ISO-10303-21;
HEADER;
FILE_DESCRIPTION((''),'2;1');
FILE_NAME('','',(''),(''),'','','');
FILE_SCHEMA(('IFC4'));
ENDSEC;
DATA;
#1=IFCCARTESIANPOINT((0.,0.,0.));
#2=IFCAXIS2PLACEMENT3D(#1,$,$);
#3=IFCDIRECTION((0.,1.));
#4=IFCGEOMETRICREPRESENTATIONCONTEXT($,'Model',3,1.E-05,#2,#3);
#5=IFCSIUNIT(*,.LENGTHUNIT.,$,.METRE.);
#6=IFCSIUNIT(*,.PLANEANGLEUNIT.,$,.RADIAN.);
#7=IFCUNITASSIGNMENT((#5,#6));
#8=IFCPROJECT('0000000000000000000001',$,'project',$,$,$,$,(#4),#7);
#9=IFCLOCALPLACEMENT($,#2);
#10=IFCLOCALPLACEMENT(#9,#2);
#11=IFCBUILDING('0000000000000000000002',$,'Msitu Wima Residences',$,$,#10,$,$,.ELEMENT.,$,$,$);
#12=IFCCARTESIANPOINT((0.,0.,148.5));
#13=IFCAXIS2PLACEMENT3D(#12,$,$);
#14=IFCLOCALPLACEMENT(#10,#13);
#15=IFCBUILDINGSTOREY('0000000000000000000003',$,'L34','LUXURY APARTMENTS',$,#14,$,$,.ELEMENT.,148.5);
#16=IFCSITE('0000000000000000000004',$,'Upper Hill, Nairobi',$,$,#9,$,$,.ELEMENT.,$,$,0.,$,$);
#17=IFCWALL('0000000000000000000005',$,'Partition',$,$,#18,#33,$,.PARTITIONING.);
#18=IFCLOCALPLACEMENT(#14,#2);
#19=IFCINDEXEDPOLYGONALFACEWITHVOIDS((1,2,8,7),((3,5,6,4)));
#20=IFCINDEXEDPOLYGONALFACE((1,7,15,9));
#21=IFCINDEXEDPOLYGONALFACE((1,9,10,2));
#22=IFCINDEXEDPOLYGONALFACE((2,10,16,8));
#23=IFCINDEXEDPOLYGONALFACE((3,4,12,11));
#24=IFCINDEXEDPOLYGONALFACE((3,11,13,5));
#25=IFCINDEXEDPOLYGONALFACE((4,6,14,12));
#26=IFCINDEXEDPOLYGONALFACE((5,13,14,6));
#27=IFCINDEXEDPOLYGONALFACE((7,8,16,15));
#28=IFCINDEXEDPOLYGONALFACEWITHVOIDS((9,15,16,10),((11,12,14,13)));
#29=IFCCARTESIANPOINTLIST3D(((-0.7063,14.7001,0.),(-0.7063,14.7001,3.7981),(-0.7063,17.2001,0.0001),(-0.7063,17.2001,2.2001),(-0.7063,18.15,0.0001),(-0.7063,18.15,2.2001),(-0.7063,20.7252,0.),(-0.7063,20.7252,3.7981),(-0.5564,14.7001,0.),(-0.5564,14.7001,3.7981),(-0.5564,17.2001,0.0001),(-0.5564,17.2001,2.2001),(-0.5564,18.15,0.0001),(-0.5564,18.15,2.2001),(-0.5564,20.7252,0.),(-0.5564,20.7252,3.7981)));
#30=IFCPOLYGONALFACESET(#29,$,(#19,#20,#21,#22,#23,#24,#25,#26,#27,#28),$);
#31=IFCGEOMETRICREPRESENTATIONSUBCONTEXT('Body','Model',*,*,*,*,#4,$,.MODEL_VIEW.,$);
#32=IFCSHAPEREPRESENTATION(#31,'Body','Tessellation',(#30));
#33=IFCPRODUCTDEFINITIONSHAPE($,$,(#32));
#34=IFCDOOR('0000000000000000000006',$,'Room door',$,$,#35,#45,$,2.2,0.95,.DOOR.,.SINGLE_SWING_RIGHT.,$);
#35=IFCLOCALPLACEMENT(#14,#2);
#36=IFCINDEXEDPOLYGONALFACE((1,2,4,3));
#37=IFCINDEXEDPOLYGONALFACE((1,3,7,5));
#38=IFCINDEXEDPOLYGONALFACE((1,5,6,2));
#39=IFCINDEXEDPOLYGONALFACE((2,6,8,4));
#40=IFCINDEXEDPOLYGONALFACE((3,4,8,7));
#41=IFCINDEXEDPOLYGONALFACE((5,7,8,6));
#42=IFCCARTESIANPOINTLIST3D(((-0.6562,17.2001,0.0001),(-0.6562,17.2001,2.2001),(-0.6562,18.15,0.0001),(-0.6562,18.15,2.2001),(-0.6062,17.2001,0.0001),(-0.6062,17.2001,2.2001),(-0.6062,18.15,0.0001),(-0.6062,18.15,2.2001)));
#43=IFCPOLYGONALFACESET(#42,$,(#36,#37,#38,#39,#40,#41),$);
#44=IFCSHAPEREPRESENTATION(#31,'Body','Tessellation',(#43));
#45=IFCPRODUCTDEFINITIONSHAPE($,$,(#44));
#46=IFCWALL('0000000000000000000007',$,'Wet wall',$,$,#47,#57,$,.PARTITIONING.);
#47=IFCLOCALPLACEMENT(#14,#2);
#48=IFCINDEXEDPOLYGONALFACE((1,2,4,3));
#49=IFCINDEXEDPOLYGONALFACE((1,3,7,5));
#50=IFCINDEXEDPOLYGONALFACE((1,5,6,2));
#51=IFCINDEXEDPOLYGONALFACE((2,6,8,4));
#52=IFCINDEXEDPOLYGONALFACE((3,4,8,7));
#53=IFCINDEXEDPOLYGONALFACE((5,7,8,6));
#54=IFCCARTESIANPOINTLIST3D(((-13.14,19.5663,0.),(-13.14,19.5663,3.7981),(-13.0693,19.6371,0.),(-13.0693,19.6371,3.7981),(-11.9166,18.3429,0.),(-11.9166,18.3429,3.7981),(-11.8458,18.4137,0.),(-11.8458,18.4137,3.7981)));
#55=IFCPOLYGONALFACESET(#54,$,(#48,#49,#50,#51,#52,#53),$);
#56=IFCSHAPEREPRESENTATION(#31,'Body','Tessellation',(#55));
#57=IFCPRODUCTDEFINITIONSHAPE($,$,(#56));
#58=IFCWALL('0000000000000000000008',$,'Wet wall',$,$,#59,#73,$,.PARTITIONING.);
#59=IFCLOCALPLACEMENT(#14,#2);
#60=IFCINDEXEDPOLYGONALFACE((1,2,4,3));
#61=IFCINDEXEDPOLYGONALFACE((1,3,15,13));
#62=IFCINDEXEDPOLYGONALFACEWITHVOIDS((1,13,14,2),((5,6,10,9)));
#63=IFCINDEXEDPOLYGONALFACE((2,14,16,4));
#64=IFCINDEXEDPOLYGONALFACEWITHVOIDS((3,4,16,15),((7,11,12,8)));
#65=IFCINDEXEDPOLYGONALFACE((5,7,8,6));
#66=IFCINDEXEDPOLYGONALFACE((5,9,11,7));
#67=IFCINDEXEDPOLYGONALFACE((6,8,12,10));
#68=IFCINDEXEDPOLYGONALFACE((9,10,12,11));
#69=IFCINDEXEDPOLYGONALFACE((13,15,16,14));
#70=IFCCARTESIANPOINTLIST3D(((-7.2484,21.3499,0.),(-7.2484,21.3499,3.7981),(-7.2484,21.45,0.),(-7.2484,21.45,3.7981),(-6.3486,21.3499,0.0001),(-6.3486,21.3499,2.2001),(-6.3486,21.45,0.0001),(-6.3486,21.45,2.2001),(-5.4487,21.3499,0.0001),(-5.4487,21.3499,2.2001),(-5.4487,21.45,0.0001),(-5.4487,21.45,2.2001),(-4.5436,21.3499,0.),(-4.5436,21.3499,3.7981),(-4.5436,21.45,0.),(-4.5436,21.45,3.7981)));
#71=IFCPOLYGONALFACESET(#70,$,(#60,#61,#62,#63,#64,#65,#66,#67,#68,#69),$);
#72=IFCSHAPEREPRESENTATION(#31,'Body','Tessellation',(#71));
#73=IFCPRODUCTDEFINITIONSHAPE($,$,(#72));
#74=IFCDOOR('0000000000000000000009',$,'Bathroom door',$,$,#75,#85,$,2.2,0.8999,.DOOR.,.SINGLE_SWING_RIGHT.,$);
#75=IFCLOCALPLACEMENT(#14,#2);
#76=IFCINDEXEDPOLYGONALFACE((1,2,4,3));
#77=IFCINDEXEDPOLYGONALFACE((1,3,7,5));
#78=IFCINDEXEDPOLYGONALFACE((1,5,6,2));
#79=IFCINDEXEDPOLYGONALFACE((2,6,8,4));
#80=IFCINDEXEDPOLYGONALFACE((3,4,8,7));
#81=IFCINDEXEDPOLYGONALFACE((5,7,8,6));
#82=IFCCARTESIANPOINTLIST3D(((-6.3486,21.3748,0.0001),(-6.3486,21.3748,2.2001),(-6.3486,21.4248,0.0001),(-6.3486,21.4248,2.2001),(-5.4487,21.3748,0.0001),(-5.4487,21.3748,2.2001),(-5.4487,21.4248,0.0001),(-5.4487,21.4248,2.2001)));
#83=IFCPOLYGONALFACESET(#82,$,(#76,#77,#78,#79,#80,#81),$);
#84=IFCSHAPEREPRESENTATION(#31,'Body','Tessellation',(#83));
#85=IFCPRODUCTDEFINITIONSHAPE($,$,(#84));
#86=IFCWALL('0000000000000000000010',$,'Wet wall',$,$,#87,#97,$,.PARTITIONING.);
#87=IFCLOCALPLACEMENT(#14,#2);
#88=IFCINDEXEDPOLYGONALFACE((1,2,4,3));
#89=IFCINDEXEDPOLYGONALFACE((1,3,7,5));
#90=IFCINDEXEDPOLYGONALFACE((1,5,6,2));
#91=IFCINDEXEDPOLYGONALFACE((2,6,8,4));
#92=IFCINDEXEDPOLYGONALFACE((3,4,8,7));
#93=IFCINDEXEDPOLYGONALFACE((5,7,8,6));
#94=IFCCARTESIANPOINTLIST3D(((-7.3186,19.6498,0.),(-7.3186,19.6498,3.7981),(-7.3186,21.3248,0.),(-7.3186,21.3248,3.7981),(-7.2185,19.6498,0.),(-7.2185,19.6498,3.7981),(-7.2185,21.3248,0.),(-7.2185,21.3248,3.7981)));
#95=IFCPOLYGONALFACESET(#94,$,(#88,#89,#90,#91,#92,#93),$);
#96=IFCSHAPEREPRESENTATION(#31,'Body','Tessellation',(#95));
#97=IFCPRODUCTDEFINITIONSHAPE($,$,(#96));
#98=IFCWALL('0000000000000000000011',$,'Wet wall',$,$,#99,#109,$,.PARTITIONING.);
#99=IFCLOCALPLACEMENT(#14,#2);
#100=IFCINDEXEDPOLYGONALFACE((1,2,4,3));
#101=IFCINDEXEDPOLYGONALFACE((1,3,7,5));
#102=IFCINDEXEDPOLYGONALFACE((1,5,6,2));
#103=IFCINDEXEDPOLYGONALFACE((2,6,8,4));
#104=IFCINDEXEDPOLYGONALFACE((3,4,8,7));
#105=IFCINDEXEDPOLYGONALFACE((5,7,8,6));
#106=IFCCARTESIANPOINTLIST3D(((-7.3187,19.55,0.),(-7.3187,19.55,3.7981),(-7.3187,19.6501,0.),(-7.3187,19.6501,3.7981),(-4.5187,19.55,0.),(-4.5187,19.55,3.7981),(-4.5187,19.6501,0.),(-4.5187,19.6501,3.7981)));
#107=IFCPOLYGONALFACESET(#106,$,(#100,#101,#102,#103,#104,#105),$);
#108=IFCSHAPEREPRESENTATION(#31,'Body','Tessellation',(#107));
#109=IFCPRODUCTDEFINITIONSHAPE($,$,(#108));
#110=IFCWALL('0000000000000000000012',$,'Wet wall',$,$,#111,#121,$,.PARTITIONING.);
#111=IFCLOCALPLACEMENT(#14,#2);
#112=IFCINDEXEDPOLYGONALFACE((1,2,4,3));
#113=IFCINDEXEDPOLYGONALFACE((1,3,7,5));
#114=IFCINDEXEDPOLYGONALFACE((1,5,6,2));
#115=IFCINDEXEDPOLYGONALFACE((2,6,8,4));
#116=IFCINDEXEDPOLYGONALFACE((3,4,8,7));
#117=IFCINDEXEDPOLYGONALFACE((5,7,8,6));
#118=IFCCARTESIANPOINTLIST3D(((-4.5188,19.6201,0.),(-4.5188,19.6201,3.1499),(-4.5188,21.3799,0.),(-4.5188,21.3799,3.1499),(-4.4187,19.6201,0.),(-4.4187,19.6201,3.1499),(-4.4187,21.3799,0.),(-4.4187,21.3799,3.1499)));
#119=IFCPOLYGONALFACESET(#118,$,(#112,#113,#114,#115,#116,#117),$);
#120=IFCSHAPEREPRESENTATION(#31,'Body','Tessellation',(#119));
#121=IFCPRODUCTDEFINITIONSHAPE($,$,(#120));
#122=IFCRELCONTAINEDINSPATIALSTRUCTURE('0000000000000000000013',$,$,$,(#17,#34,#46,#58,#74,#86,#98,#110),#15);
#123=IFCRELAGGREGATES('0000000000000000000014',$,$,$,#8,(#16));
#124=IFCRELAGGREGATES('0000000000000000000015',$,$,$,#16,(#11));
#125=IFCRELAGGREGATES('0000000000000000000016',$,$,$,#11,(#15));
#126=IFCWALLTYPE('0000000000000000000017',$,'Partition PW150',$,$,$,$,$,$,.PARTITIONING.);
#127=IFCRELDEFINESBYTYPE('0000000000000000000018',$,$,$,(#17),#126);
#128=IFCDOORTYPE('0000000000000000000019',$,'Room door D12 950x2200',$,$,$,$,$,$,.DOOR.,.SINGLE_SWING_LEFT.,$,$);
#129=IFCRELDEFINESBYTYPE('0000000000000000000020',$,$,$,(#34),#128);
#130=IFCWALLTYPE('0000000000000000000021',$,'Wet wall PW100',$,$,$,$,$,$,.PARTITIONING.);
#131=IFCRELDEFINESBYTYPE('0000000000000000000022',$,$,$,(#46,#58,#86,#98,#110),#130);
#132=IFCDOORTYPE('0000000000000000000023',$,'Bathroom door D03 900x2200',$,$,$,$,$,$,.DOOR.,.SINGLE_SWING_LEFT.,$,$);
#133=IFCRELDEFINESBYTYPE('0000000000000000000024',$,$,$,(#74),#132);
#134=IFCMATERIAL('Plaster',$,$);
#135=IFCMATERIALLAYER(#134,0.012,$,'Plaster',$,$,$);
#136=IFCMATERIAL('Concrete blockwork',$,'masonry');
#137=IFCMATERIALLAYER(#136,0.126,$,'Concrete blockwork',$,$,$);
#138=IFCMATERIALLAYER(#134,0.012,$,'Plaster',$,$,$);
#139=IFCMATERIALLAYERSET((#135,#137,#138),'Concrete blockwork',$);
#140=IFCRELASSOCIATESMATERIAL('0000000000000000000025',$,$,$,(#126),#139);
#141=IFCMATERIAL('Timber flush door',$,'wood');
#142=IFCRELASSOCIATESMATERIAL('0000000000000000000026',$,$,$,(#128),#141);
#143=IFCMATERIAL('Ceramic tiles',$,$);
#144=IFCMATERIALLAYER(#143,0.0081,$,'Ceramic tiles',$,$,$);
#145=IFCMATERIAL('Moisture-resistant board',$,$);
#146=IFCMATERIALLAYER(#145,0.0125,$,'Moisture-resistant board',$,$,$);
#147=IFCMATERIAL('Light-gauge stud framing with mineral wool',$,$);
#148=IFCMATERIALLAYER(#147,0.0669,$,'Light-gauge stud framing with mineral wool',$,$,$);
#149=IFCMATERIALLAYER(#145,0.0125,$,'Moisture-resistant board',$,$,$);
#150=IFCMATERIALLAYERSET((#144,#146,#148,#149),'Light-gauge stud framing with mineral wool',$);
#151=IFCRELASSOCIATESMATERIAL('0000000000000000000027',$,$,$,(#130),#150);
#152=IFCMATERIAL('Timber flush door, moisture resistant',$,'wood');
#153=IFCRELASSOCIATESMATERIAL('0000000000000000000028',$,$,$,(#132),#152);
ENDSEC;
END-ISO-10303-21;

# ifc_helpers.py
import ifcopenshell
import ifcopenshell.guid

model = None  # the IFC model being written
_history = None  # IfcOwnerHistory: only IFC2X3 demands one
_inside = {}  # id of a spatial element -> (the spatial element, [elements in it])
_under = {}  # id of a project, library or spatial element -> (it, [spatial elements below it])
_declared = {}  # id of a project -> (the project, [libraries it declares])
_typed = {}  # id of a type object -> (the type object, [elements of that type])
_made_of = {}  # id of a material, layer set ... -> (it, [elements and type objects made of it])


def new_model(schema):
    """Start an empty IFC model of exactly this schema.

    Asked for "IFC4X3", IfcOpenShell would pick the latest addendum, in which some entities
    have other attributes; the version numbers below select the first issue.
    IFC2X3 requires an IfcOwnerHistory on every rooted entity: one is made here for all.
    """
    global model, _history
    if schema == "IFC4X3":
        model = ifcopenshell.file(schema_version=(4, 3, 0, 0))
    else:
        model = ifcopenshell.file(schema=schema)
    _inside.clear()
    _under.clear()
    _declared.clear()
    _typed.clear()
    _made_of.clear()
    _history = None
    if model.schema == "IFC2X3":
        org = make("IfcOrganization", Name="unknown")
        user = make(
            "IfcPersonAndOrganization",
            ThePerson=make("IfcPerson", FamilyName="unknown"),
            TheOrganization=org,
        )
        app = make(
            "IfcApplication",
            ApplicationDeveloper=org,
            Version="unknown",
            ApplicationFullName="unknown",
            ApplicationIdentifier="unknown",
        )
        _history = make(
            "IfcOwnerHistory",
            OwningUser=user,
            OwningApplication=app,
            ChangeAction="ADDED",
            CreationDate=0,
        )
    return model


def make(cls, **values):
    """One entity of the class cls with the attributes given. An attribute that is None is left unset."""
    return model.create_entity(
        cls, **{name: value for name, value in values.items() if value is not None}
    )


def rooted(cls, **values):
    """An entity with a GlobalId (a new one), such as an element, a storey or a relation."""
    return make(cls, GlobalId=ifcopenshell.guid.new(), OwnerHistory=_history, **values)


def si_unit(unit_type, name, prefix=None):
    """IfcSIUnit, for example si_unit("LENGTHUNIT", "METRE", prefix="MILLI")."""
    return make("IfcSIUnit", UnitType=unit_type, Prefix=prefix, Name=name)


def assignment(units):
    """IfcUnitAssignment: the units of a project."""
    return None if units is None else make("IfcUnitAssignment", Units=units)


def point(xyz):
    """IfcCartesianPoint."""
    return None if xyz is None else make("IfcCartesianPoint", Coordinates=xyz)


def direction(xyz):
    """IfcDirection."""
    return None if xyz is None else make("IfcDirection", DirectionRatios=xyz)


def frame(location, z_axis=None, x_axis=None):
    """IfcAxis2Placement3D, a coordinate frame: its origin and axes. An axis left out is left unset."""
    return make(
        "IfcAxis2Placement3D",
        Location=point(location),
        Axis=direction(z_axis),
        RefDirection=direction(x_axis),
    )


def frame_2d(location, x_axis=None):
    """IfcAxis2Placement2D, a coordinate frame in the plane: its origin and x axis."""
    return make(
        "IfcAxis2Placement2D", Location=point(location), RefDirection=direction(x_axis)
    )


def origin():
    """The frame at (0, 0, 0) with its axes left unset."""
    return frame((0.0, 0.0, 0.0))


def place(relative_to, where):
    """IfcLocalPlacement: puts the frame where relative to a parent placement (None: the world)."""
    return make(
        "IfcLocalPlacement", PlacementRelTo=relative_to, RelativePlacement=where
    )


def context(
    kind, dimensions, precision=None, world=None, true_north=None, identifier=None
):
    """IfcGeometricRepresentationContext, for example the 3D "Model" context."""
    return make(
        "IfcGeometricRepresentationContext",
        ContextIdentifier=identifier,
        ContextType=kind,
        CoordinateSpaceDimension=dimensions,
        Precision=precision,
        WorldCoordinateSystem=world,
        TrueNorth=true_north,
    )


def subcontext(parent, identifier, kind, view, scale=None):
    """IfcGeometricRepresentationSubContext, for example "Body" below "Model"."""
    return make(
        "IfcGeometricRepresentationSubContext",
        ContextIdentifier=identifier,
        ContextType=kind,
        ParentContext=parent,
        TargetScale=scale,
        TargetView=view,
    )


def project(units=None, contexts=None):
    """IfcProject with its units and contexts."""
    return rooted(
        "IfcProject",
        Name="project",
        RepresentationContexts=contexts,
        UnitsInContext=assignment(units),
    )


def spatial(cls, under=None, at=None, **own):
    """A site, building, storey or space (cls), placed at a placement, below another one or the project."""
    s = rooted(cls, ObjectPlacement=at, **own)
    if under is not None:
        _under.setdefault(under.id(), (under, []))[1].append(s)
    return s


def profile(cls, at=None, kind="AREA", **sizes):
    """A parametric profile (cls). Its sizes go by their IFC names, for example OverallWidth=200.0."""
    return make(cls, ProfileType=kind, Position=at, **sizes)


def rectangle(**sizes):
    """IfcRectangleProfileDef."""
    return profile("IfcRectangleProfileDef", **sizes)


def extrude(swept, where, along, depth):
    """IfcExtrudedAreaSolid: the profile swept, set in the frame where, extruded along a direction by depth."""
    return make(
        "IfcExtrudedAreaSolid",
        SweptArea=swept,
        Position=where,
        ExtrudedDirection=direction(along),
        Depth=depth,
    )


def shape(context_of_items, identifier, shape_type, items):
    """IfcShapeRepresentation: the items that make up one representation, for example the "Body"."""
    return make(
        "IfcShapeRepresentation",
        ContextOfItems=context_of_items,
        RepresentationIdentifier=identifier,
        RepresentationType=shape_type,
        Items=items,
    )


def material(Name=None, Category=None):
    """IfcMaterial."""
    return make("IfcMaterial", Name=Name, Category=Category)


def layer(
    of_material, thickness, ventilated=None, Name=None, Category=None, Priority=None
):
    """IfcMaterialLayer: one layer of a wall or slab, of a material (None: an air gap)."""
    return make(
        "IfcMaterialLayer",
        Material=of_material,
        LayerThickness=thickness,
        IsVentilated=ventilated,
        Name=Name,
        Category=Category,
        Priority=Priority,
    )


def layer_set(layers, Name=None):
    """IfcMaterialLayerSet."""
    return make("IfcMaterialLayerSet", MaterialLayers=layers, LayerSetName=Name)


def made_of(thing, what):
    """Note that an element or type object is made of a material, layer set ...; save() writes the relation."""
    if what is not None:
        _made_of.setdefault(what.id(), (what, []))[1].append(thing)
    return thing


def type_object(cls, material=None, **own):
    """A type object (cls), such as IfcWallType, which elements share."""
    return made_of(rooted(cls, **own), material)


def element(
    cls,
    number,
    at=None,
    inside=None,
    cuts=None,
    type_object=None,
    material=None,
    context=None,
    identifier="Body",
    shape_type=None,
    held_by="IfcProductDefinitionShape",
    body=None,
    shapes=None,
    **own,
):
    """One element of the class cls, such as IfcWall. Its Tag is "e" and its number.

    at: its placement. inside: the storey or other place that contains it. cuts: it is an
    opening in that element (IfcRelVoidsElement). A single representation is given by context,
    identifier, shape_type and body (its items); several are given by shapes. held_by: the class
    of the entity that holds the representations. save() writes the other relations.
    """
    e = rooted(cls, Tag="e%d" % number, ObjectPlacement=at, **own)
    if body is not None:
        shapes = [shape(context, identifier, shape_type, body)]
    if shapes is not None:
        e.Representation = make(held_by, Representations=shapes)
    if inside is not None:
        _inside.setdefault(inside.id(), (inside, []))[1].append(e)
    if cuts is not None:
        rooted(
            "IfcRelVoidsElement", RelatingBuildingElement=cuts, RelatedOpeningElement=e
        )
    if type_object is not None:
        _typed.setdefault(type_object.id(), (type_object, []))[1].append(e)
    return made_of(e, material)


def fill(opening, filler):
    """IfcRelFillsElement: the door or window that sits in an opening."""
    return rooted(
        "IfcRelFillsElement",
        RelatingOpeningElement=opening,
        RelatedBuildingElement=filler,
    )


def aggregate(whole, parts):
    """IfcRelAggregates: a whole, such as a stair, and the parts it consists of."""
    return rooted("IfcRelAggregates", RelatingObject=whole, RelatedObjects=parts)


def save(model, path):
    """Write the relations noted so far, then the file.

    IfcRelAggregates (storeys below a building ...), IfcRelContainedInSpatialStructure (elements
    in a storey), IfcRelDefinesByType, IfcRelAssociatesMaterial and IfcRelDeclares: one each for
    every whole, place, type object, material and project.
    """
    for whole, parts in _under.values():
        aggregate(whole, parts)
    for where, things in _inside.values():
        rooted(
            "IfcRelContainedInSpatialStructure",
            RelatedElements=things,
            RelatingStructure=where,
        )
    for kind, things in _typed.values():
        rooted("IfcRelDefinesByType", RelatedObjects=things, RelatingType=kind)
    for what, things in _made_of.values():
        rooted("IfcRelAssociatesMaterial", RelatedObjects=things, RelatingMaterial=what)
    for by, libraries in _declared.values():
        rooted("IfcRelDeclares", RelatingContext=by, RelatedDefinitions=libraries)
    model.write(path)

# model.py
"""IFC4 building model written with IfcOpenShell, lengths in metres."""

from ifc_helpers import new_model, si_unit, direction, frame, frame_2d, origin, place, context, subcontext, project, spatial, rectangle, extrude, material, layer, layer_set, type_object, element, fill, save


model = new_model("IFC4")

# Units and contexts
model_context = context("Model", 3, precision=1e-05, world=origin(), true_north=direction((0.0, 1.0)))
body_context = subcontext(model_context, "Body", "Model", "MODEL_VIEW")
ifc_project = project(units=[si_unit("LENGTHUNIT", "METRE"), si_unit("PLANEANGLEUNIT", "RADIAN")], contexts=[model_context])

# Site, building, storey
site_placement = place(None, origin())
site = spatial("IfcSite", under=ifc_project, at=site_placement, Name="Upper Hill, Nairobi", CompositionType="ELEMENT", RefElevation=0.0)
building_placement = place(site_placement, origin())
building = spatial("IfcBuilding", under=site, at=building_placement, Name="Msitu Wima Residences", CompositionType="ELEMENT")
storey_placement = place(building_placement, frame((0.0, 0.0, 148.5)))
storey = spatial("IfcBuildingStorey", under=building, at=storey_placement, Name="L34", Description="LUXURY APARTMENTS", CompositionType="ELEMENT", Elevation=148.5)

# Shared definitions
ifc_material_1 = material(Name="Plaster")
ifc_layer_1 = layer(ifc_material_1, 0.012, Name="Plaster")
ifc_material_2 = material(Name="Concrete blockwork", Category="masonry")
ifc_layer_2 = layer(ifc_material_2, 0.126, Name="Concrete blockwork")
ifc_layer_3 = layer(ifc_material_1, 0.012, Name="Plaster")
ifc_layer_set_1 = layer_set([ifc_layer_1, ifc_layer_2, ifc_layer_3], Name="Concrete blockwork")
wall_type_1 = type_object("IfcWallType", Name="Partition PW150", PredefinedType="PARTITIONING", material=ifc_layer_set_1)
ifc_material_3 = material(Name="Timber flush door", Category="wood")
door_type_1 = type_object("IfcDoorType", Name="Room door D12 950x2200", OperationType="SINGLE_SWING_LEFT", PredefinedType="DOOR", material=ifc_material_3)

# Wall, opening, door
wall_1_placement = place(storey_placement, frame((-0.6313, 14.7, 0.0), z_axis=(0.0, 0.0, 1.0), x_axis=(0.0, 1.0, 0.0)))
wall_1 = element("IfcWall", 1, at=wall_1_placement, inside=storey, type_object=wall_type_1, Name="Partition", PredefinedType="PARTITIONING", context=body_context, shape_type="SweptSolid", body=[
    extrude(rectangle(XDim=6.0251, YDim=0.1499, at=frame_2d((3.0127, 0.0))), origin(), (0.0, 0.0, 1.0), 3.7981),
])
opening_1_placement = place(wall_1_placement, frame((2.5, 0.0, 0.0)))
opening_1 = element("IfcOpeningElement", 2, at=opening_1_placement, cuts=wall_1, PredefinedType="OPENING", context=body_context, shape_type="SweptSolid", body=[
    extrude(rectangle(XDim=0.95, YDim=2.2, at=frame_2d((0.4751, 1.1001))), frame((0.0, 0.085, 0.0), z_axis=(0.0, -1.0, 0.0), x_axis=(1.0, 0.0, 0.0)), (0.0, 0.0, 1.0), 0.1699),
])
door_1_placement = place(opening_1_placement, origin())
door_1 = element("IfcDoor", 3, at=door_1_placement, inside=storey, type_object=door_type_1, Name="Room door", OperationType="SINGLE_SWING_RIGHT", OverallHeight=2.2, OverallWidth=0.95, PredefinedType="DOOR", context=body_context, shape_type="SweptSolid", body=[
    extrude(rectangle(XDim=0.95, YDim=2.2, at=frame_2d((0.4751, 1.1001))), frame((0.0, 0.0249, 0.0), z_axis=(0.0, -1.0, 0.0), x_axis=(1.0, 0.0, 0.0)), (0.0, 0.0, 1.0), 0.05),
])
fill(opening_1, door_1)

# Wall
ifc_material_4 = material(Name="Ceramic tiles")
ifc_layer_4 = layer(ifc_material_4, 0.0081, Name="Ceramic tiles")
ifc_material_5 = material(Name="Moisture-resistant board")
ifc_layer_5 = layer(ifc_material_5, 0.0125, Name="Moisture-resistant board")
ifc_material_6 = material(Name="Light-gauge stud framing with mineral wool")
ifc_layer_6 = layer(ifc_material_6, 0.0669, Name="Light-gauge stud framing with mineral wool")
ifc_layer_7 = layer(ifc_material_5, 0.0125, Name="Moisture-resistant board")
ifc_layer_set_2 = layer_set([ifc_layer_4, ifc_layer_5, ifc_layer_6, ifc_layer_7], Name="Light-gauge stud framing with mineral wool")
wall_type_2 = type_object("IfcWallType", Name="Wet wall PW100", PredefinedType="PARTITIONING", material=ifc_layer_set_2)
wall_2_placement = place(storey_placement, frame((-13.1047, 19.6018, 0.0), z_axis=(0.0, 0.0, 1.0), x_axis=(0.707107, -0.707107, 0.0)))
element("IfcWall", 4, at=wall_2_placement, inside=storey, type_object=wall_type_2, Name="Wet wall", PredefinedType="PARTITIONING", context=body_context, shape_type="SweptSolid", body=[
    extrude(rectangle(XDim=1.7302, YDim=0.1001, at=frame_2d((0.8652, 0.0))), origin(), (0.0, 0.0, 1.0), 3.7981),
])

# Wall, opening, door
wall_3_placement = place(storey_placement, frame((-7.2485, 21.3999, 0.0), z_axis=(0.0, 0.0, 1.0), x_axis=(1.0, 0.0, 0.0)))
wall_3 = element("IfcWall", 5, at=wall_3_placement, inside=storey, type_object=wall_type_2, Name="Wet wall", PredefinedType="PARTITIONING", context=body_context, shape_type="SweptSolid", body=[
    extrude(rectangle(XDim=2.7048, YDim=0.1001, at=frame_2d((1.3525, 0.0))), origin(), (0.0, 0.0, 1.0), 3.7981),
])
opening_2_placement = place(wall_3_placement, frame((0.8999, 0.0, 0.0)))
opening_2 = element("IfcOpeningElement", 6, at=opening_2_placement, cuts=wall_3, PredefinedType="OPENING", context=body_context, shape_type="SweptSolid", body=[
    extrude(rectangle(XDim=0.8999, YDim=2.2, at=frame_2d((0.45, 1.1001))), frame((0.0, 0.0601, 0.0), z_axis=(0.0, -1.0, 0.0), x_axis=(1.0, 0.0, 0.0)), (0.0, 0.0, 1.0), 0.1201),
])
ifc_material_7 = material(Name="Timber flush door, moisture resistant", Category="wood")
door_type_2 = type_object("IfcDoorType", Name="Bathroom door D03 900x2200", OperationType="SINGLE_SWING_LEFT", PredefinedType="DOOR", material=ifc_material_7)
door_2_placement = place(opening_2_placement, origin())
door_2 = element("IfcDoor", 7, at=door_2_placement, inside=storey, type_object=door_type_2, Name="Bathroom door", OperationType="SINGLE_SWING_RIGHT", OverallHeight=2.2, OverallWidth=0.8999, PredefinedType="DOOR", context=body_context, shape_type="SweptSolid", body=[
    extrude(rectangle(XDim=0.8999, YDim=2.2, at=frame_2d((0.45, 1.1001))), frame((0.0, 0.0249, 0.0), z_axis=(0.0, -1.0, 0.0), x_axis=(1.0, 0.0, 0.0)), (0.0, 0.0, 1.0), 0.05),
])
fill(opening_2, door_2)

# Walls
wall_4_placement = place(storey_placement, frame((-7.2686, 19.6499, 0.0), z_axis=(0.0, 0.0, 1.0), x_axis=(0.0, 1.0, 0.0)))
element("IfcWall", 8, at=wall_4_placement, inside=storey, type_object=wall_type_2, Name="Wet wall", PredefinedType="PARTITIONING", context=body_context, shape_type="SweptSolid", body=[
    extrude(rectangle(XDim=1.675, YDim=0.1001, at=frame_2d((0.8374, 0.0))), origin(), (0.0, 0.0, 1.0), 3.7981),
])
wall_5_placement = place(storey_placement, frame((-7.3186, 19.6001, 0.0), z_axis=(0.0, 0.0, 1.0), x_axis=(1.0, 0.0, 0.0)))
element("IfcWall", 9, at=wall_5_placement, inside=storey, type_object=wall_type_2, Name="Wet wall", PredefinedType="PARTITIONING", context=body_context, shape_type="SweptSolid", body=[
    extrude(rectangle(XDim=2.8, YDim=0.1001, at=frame_2d((1.3999, 0.0))), origin(), (0.0, 0.0, 1.0), 3.7981),
])
wall_6_placement = place(storey_placement, frame((-4.4688, 19.6201, 0.0), z_axis=(0.0, 0.0, 1.0), x_axis=(0.0, 1.0, 0.0)))
element("IfcWall", 10, at=wall_6_placement, inside=storey, type_object=wall_type_2, Name="Wet wall", PredefinedType="PARTITIONING", context=body_context, shape_type="SweptSolid", body=[
    extrude(rectangle(XDim=1.7598, YDim=0.1001, at=frame_2d((0.8799, 0.0))), origin(), (0.0, 0.0, 1.0), 3.1499),
])

save(model, "model.ifc")
